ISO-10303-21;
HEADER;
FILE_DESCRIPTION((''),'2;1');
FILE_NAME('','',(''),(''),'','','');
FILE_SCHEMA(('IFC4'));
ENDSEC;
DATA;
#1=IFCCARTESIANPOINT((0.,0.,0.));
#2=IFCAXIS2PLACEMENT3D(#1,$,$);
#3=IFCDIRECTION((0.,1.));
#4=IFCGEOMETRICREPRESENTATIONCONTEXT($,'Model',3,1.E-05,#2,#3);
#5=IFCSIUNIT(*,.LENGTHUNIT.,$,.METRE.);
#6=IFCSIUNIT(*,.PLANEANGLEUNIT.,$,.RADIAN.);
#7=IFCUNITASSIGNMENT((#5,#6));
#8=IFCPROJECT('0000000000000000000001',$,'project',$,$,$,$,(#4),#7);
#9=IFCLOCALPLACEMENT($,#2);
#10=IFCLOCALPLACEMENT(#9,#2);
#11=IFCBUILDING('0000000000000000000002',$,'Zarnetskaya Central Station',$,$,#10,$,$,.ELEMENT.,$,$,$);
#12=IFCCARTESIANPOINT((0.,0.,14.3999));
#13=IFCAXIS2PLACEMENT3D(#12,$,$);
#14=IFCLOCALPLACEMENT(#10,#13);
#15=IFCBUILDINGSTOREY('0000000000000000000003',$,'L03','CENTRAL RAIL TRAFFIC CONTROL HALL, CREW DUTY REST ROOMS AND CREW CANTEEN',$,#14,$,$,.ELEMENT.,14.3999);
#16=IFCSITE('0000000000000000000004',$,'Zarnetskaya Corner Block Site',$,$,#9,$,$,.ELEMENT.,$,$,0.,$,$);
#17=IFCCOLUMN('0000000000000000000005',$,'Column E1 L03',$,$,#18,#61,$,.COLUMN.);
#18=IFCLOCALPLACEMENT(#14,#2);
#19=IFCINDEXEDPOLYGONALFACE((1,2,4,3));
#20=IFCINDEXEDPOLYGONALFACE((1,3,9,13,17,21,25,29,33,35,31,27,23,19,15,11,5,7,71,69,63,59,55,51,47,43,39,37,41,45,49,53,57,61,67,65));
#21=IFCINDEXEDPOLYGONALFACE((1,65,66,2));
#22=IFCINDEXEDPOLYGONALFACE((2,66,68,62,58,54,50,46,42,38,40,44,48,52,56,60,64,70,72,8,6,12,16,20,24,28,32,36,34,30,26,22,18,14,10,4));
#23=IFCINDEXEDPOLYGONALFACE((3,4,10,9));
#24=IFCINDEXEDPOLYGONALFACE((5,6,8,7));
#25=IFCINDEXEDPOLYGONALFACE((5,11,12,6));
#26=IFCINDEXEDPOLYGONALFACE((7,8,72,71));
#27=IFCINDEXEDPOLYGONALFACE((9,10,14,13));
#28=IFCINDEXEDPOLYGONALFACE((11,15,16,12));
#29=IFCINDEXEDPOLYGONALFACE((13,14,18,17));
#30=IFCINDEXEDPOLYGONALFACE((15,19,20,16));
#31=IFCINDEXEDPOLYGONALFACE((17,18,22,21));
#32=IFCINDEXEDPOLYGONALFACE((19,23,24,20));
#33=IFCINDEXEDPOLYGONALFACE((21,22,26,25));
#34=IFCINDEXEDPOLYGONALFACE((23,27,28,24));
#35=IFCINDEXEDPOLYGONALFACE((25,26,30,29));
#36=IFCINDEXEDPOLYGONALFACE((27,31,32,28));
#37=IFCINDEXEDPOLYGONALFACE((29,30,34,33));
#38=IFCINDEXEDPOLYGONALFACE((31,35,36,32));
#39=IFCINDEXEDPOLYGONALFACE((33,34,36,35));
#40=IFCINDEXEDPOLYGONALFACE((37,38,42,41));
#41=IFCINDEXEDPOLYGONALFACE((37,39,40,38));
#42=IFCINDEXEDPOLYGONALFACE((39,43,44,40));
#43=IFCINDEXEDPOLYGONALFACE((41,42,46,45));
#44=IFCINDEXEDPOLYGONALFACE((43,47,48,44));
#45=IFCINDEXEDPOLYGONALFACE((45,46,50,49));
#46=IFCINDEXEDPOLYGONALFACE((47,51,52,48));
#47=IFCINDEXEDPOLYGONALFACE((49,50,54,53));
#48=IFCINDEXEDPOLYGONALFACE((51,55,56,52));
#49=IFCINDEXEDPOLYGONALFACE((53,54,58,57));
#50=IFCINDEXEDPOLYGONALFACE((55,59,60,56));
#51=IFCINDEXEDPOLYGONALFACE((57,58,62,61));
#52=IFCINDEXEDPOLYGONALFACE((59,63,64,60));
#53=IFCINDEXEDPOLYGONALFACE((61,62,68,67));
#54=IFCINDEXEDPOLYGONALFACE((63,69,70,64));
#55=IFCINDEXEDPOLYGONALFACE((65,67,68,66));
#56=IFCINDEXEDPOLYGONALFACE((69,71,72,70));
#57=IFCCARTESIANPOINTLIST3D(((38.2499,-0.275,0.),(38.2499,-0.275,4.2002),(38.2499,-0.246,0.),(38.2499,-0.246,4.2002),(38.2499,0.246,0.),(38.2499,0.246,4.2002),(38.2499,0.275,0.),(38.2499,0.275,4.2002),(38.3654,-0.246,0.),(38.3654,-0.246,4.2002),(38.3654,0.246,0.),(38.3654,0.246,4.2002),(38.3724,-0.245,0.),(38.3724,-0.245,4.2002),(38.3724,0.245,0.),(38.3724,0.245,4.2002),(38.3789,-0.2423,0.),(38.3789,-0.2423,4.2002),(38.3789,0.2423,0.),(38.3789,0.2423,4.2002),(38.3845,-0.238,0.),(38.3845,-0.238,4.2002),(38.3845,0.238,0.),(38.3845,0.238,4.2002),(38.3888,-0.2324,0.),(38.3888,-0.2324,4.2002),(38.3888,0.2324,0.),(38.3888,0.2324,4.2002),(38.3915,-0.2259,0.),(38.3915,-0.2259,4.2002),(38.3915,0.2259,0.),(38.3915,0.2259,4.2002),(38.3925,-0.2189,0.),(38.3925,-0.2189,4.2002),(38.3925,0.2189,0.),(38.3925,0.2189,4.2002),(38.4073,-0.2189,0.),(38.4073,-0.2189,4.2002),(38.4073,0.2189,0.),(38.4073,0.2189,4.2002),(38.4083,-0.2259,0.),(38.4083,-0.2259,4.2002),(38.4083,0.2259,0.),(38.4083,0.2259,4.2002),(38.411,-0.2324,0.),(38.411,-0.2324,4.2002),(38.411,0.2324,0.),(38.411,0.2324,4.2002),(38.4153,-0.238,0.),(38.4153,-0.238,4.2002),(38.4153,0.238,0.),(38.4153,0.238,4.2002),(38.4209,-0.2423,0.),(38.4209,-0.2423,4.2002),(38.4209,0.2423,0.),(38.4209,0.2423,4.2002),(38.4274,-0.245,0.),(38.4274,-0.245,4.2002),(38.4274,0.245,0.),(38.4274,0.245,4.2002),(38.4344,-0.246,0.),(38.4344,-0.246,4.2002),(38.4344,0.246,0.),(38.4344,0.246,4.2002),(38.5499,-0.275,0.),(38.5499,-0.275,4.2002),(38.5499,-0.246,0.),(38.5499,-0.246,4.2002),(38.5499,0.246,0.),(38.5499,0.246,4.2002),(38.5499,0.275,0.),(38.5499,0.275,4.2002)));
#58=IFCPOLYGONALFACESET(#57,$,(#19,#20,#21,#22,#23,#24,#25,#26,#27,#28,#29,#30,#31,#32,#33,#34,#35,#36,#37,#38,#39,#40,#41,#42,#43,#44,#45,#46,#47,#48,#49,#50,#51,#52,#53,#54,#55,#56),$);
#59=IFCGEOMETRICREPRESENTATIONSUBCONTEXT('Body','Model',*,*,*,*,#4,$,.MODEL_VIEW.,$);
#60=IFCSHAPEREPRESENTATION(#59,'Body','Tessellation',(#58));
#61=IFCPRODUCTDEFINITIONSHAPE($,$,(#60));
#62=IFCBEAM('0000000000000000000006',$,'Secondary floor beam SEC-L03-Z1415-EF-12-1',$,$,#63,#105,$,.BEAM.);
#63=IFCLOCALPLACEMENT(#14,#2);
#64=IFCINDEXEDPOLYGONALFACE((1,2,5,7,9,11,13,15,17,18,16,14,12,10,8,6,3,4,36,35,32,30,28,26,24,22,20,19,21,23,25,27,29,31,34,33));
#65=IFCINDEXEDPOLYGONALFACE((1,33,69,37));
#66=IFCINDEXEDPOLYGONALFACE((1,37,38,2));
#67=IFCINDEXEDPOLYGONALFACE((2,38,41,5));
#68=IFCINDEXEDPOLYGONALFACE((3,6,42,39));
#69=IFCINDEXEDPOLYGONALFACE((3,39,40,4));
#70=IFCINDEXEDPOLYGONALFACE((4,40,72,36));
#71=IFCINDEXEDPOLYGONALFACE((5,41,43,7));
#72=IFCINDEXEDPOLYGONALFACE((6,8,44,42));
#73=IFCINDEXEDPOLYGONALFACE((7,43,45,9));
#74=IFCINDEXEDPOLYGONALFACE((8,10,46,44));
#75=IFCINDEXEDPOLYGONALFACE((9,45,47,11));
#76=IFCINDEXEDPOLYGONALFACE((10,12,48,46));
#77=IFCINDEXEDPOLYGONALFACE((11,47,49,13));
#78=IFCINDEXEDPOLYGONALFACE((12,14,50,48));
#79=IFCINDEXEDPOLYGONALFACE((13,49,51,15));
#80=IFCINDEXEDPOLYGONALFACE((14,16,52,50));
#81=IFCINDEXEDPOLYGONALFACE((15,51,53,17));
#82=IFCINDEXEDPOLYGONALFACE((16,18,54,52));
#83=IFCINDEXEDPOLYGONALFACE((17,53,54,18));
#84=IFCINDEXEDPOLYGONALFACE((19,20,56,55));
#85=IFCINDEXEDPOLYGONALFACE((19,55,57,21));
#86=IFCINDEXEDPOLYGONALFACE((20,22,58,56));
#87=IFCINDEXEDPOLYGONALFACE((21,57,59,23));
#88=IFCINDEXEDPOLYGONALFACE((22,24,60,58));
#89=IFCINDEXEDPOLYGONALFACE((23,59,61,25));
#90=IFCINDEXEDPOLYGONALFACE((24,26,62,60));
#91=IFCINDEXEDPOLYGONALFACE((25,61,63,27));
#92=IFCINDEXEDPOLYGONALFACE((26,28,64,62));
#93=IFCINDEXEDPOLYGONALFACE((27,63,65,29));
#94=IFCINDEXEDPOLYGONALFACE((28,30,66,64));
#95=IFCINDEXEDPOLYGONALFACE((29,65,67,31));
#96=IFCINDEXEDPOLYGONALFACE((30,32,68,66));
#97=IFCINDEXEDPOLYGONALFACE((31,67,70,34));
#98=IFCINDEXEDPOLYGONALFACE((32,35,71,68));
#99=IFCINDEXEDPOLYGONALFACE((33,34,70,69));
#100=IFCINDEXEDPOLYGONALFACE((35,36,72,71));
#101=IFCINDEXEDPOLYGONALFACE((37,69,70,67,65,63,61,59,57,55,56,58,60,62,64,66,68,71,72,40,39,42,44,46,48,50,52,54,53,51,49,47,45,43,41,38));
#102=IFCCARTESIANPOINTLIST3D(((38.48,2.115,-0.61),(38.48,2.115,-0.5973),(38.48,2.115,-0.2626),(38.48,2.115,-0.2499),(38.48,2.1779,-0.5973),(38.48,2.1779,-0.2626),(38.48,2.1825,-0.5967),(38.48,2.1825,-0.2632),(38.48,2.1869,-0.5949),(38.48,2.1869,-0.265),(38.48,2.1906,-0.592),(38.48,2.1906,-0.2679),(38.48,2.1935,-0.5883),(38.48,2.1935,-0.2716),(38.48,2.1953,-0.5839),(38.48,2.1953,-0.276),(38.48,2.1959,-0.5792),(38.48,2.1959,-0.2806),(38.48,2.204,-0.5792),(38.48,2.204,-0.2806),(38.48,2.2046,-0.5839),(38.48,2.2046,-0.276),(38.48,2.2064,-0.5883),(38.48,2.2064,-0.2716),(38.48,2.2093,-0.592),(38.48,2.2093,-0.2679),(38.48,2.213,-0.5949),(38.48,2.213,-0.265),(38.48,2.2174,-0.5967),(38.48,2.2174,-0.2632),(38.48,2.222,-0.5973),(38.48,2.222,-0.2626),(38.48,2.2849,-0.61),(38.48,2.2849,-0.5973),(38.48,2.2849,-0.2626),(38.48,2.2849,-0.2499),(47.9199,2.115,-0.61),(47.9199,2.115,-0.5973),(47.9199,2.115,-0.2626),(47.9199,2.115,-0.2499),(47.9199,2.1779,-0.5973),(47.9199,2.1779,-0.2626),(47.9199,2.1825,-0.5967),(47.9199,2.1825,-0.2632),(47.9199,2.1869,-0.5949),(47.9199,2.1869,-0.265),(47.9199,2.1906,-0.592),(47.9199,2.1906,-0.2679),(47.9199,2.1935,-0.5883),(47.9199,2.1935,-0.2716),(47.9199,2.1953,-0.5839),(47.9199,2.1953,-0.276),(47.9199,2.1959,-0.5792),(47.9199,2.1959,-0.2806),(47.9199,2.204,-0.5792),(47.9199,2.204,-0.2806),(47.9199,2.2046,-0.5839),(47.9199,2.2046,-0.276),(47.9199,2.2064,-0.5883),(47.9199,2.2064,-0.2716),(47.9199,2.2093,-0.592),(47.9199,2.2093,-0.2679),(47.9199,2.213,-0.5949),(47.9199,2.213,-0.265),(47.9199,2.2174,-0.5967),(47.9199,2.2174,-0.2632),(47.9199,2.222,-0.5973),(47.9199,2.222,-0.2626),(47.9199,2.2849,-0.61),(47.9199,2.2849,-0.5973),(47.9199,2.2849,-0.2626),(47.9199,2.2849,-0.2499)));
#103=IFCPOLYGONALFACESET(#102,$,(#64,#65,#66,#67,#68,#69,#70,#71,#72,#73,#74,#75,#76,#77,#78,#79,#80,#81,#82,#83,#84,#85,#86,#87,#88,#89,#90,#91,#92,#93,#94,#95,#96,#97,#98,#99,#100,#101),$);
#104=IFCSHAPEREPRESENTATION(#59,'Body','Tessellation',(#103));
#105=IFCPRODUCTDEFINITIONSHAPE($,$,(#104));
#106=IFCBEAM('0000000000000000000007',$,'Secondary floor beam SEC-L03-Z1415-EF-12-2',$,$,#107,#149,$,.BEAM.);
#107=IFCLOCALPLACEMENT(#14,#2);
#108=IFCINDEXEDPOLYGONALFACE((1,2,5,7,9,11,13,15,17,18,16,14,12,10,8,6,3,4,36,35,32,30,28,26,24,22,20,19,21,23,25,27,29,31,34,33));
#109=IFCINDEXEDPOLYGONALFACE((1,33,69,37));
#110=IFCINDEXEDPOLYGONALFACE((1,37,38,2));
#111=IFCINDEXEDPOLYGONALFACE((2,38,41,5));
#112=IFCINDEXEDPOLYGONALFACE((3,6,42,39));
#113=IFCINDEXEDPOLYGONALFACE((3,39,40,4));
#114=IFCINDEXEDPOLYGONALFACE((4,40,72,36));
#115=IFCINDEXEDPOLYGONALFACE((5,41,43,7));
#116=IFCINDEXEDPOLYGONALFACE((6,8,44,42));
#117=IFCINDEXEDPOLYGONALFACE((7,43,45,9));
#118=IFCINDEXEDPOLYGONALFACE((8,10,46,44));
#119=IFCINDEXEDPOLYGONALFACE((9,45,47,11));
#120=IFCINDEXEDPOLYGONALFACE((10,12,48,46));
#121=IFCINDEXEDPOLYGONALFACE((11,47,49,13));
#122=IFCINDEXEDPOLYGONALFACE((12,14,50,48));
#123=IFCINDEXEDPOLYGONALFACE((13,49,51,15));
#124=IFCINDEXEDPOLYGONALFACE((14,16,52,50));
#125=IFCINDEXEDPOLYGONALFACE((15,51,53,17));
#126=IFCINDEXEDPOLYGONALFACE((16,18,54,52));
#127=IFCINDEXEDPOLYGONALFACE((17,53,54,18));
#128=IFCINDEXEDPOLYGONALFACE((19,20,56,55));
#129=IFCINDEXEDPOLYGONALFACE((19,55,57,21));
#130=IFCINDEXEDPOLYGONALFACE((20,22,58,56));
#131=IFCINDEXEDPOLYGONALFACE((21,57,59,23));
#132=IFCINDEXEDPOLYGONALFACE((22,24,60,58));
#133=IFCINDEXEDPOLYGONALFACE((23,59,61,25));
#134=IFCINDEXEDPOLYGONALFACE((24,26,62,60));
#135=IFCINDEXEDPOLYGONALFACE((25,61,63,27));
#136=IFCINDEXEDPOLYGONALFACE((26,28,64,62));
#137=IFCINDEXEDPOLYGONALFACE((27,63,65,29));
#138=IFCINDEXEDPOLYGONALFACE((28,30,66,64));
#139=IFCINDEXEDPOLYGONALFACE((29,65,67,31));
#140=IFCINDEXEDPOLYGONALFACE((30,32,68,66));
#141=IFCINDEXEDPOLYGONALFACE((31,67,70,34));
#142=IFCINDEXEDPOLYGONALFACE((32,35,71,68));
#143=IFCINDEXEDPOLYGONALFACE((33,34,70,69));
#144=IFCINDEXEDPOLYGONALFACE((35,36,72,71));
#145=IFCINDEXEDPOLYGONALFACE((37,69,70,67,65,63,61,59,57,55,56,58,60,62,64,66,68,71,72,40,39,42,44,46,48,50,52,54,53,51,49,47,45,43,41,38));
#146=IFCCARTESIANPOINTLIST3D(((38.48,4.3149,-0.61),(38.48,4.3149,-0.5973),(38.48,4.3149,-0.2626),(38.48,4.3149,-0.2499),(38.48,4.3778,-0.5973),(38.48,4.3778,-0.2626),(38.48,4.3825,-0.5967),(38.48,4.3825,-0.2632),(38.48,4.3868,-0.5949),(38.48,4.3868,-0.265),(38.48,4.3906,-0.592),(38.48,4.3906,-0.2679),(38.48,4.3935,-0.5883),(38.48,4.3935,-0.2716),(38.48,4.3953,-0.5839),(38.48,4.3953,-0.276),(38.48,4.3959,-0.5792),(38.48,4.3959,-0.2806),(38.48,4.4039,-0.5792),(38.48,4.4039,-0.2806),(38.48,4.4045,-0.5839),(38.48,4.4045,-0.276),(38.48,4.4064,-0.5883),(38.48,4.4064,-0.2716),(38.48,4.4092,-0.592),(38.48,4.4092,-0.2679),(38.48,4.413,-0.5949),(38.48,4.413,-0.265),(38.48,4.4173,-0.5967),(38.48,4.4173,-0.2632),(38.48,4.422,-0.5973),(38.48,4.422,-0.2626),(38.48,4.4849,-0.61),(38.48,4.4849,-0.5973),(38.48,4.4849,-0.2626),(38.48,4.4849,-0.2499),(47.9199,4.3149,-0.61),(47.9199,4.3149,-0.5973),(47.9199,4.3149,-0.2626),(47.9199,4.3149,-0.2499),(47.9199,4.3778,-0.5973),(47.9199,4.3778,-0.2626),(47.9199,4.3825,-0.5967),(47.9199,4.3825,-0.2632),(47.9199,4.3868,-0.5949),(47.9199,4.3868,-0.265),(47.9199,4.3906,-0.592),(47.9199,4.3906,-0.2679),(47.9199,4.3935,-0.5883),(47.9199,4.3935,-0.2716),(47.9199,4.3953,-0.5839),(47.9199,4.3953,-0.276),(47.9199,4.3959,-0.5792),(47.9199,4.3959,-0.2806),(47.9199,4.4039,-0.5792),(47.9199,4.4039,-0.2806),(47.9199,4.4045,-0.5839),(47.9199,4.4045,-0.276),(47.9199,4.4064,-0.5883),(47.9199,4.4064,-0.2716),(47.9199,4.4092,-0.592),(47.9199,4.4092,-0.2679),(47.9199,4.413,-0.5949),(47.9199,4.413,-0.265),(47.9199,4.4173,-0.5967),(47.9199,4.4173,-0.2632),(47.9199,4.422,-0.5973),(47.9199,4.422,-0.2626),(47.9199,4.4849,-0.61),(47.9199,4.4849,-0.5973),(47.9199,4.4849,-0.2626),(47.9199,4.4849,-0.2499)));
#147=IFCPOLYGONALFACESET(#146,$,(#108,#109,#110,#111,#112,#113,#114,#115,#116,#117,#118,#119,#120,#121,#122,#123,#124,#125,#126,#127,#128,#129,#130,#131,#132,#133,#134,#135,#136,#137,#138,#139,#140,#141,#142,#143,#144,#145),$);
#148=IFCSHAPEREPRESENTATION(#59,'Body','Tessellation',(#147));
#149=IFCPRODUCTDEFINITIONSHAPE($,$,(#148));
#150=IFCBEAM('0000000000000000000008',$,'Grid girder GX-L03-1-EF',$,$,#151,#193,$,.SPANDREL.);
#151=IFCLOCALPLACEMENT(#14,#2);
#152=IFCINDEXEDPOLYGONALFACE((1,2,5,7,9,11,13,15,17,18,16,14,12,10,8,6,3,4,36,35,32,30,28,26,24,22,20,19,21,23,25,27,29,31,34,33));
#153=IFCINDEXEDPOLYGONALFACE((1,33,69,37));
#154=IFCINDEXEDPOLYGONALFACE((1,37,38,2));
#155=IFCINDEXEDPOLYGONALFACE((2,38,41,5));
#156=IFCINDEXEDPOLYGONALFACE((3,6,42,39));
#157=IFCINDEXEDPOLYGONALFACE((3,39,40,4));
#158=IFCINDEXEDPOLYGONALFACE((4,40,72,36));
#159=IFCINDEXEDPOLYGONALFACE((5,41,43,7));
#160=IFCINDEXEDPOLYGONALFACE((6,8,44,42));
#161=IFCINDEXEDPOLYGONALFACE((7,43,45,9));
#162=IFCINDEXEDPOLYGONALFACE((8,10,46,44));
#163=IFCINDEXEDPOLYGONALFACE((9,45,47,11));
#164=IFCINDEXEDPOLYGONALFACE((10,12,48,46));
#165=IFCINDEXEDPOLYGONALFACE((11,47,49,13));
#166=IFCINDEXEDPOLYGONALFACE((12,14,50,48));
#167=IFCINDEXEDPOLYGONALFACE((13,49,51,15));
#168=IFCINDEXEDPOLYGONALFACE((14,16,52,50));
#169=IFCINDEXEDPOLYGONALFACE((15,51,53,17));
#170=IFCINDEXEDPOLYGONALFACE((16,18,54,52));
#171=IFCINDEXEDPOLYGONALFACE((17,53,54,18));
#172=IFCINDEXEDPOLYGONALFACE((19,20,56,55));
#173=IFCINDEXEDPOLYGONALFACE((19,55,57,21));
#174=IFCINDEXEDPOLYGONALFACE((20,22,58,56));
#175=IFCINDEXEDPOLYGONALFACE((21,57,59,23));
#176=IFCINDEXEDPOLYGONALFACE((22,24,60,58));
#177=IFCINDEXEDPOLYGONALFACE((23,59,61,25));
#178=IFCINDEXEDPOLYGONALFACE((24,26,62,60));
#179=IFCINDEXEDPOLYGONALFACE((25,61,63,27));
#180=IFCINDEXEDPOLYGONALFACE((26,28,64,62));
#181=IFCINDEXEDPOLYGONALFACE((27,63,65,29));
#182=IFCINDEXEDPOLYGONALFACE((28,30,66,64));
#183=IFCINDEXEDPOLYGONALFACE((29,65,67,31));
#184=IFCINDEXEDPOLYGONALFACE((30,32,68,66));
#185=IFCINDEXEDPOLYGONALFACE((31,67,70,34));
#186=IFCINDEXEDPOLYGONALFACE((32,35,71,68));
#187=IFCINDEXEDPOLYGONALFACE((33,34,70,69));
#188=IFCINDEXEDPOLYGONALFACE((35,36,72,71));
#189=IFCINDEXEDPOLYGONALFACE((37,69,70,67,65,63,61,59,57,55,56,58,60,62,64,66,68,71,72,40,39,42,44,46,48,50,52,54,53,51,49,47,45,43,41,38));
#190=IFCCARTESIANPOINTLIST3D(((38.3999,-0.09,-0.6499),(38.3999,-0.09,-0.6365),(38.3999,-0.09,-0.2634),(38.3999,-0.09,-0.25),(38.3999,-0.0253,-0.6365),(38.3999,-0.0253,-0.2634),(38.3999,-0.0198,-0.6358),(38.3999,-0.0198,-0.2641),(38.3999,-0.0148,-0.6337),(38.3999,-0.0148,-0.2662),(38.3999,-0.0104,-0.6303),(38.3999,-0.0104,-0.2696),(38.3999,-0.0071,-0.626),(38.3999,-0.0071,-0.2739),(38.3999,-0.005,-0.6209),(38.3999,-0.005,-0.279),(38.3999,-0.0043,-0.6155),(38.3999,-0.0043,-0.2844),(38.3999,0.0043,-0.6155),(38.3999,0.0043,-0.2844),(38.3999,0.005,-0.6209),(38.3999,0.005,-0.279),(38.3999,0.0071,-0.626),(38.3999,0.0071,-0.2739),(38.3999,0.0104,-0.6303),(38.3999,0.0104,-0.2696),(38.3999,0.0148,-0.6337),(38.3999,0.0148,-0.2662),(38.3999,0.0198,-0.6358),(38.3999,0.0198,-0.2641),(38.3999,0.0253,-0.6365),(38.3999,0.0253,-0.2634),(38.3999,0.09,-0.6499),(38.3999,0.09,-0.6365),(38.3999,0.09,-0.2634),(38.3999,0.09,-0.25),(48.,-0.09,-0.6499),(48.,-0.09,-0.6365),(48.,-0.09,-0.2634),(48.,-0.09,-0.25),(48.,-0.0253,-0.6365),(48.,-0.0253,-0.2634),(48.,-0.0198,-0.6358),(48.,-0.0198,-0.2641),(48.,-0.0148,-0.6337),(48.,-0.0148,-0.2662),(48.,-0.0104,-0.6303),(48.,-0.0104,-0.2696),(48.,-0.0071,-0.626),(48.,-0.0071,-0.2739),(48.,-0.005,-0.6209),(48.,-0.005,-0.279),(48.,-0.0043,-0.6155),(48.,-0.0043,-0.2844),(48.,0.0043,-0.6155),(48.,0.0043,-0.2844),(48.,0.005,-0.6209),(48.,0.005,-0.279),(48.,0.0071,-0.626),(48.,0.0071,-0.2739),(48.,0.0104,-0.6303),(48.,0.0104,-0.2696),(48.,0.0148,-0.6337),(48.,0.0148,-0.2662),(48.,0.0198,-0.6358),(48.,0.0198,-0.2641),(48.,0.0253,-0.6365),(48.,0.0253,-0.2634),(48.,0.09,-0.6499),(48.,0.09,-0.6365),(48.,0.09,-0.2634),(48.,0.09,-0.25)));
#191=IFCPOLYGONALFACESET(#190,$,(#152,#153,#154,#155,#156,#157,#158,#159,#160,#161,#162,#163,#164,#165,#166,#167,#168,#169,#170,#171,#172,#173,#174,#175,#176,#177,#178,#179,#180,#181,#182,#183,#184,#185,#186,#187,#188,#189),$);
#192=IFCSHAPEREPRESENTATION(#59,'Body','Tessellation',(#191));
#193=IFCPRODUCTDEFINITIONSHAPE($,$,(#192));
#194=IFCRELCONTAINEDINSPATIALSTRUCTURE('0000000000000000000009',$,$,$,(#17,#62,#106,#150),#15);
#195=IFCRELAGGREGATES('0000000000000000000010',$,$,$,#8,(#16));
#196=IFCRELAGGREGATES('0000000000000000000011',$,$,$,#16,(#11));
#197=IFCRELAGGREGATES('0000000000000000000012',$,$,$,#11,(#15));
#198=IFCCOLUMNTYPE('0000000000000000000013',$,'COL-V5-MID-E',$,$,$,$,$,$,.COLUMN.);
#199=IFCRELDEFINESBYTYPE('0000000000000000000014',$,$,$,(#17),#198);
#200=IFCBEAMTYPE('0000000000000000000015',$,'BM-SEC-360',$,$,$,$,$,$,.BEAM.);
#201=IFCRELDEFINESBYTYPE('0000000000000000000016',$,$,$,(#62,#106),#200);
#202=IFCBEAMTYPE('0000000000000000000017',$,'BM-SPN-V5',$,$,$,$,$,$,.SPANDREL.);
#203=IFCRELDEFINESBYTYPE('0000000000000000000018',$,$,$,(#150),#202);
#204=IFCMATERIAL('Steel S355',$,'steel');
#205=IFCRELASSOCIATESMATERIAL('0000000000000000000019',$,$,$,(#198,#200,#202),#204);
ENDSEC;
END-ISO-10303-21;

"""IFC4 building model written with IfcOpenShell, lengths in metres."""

from ifc_helpers import new_model, si_unit, direction, frame, origin, origin_2d, place, context, subcontext, project, spatial, i_section, extrude, material, material_profile, profile_set, type_object, element, save


model = new_model("IFC4")

# Units and contexts
model_context = context("Model", 3, precision=1e-05, world=origin(), true_north=direction((0.0, 1.0)))
body_context = subcontext(model_context, "Body", "Model", "MODEL_VIEW")
ifc_project = project(units=[si_unit("LENGTHUNIT", "METRE"), si_unit("PLANEANGLEUNIT", "RADIAN")], contexts=[model_context])

# Site, building, storey
site_placement = place(None, origin())
site = spatial("IfcSite", under=ifc_project, at=site_placement, Name="Zarnetskaya Corner Block Site", CompositionType="ELEMENT", RefElevation=0.0)
building_placement = place(site_placement, origin())
building = spatial("IfcBuilding", under=site, at=building_placement, Name="Zarnetskaya Central Station", CompositionType="ELEMENT")
storey_placement = place(building_placement, frame((0.0, 0.0, 14.3999)))
storey = spatial("IfcBuildingStorey", under=building, at=storey_placement, Name="L03", Description="CENTRAL RAIL TRAFFIC CONTROL HALL, CREW DUTY REST ROOMS AND CREW CANTEEN", CompositionType="ELEMENT", Elevation=14.3999)

# Column
ifc_material_1 = material(Name="Steel S355", Category="steel")
ifc_material_profile_1 = material_profile(ifc_material_1, i_section(OverallWidth=0.3, OverallDepth=0.55, WebThickness=0.0149, FlangeThickness=0.0291, FilletRadius=0.0271, at=origin_2d()), Name="HEB 550")
ifc_profile_set_1 = profile_set([ifc_material_profile_1], Name="Steel S355")
column_type = type_object("IfcColumnType", Name="COL-V5-MID-E", PredefinedType="COLUMN", material=ifc_profile_set_1)
column_placement = place(storey_placement, frame((38.3999, 0.0, 0.0), z_axis=(0.0, 0.0, 1.0), x_axis=(1.0, 0.0, 0.0)))
element("IfcColumn", 1, at=column_placement, inside=storey, type_object=column_type, Name="Column E1 L03", PredefinedType="COLUMN", context=body_context, shape_type="SweptSolid", body=[
    extrude(i_section(OverallWidth=0.3, OverallDepth=0.55, WebThickness=0.0149, FlangeThickness=0.0291, FilletRadius=0.0271, at=origin_2d()), origin(), (0.0, 0.0, 1.0), 4.2002),
])

# Beams
ifc_material_profile_2 = material_profile(ifc_material_1, i_section(OverallWidth=0.1699, OverallDepth=0.3601, WebThickness=0.0081, FlangeThickness=0.0127, FilletRadius=0.0181, at=origin_2d()), Name="IPE 360")
ifc_profile_set_2 = profile_set([ifc_material_profile_2], Name="Steel S355")
beam_type_1 = type_object("IfcBeamType", Name="BM-SEC-360", PredefinedType="BEAM", material=ifc_profile_set_2)
for number, where, z_axis, x_axis, name in (
    (2, (38.48, 2.2, -0.4299), (1.0, 0.0, 0.0), (0.0, 1.0, 0.0), "Secondary floor beam SEC-L03-Z1415-EF-12-1"),
    (3, (38.48, 4.3999, -0.4299), (1.0, 0.0, 0.0), (0.0, 1.0, 0.0), "Secondary floor beam SEC-L03-Z1415-EF-12-2"),
):
    element("IfcBeam", number, at=place(storey_placement, frame(where, z_axis=z_axis, x_axis=x_axis)), inside=storey, type_object=beam_type_1, Name=name, PredefinedType="BEAM", context=body_context, shape_type="SweptSolid", body=[
        extrude(i_section(OverallWidth=0.1699, OverallDepth=0.3601, WebThickness=0.0081, FlangeThickness=0.0127, FilletRadius=0.0181, at=origin_2d()), origin(), (0.0, 0.0, 1.0), 9.4399),
    ])
ifc_material_profile_3 = material_profile(ifc_material_1, i_section(OverallWidth=0.1799, OverallDepth=0.3999, WebThickness=0.0085, FlangeThickness=0.0134, FilletRadius=0.021, at=origin_2d()), Name="IPE 400")
ifc_profile_set_3 = profile_set([ifc_material_profile_3], Name="Steel S355")
beam_type_2 = type_object("IfcBeamType", Name="BM-SPN-V5", PredefinedType="SPANDREL", material=ifc_profile_set_3)
beam_1_placement = place(storey_placement, frame((38.3999, 0.0, -0.45), z_axis=(1.0, 0.0, 0.0), x_axis=(0.0, 1.0, 0.0)))
element("IfcBeam", 4, at=beam_1_placement, inside=storey, type_object=beam_type_2, Name="Grid girder GX-L03-1-EF", PredefinedType="SPANDREL", context=body_context, shape_type="SweptSolid", body=[
    extrude(i_section(OverallWidth=0.1799, OverallDepth=0.3999, WebThickness=0.0085, FlangeThickness=0.0134, FilletRadius=0.021, at=origin_2d()), origin(), (0.0, 0.0, 1.0), 9.6001),
])

save(model, "model.ifc")
